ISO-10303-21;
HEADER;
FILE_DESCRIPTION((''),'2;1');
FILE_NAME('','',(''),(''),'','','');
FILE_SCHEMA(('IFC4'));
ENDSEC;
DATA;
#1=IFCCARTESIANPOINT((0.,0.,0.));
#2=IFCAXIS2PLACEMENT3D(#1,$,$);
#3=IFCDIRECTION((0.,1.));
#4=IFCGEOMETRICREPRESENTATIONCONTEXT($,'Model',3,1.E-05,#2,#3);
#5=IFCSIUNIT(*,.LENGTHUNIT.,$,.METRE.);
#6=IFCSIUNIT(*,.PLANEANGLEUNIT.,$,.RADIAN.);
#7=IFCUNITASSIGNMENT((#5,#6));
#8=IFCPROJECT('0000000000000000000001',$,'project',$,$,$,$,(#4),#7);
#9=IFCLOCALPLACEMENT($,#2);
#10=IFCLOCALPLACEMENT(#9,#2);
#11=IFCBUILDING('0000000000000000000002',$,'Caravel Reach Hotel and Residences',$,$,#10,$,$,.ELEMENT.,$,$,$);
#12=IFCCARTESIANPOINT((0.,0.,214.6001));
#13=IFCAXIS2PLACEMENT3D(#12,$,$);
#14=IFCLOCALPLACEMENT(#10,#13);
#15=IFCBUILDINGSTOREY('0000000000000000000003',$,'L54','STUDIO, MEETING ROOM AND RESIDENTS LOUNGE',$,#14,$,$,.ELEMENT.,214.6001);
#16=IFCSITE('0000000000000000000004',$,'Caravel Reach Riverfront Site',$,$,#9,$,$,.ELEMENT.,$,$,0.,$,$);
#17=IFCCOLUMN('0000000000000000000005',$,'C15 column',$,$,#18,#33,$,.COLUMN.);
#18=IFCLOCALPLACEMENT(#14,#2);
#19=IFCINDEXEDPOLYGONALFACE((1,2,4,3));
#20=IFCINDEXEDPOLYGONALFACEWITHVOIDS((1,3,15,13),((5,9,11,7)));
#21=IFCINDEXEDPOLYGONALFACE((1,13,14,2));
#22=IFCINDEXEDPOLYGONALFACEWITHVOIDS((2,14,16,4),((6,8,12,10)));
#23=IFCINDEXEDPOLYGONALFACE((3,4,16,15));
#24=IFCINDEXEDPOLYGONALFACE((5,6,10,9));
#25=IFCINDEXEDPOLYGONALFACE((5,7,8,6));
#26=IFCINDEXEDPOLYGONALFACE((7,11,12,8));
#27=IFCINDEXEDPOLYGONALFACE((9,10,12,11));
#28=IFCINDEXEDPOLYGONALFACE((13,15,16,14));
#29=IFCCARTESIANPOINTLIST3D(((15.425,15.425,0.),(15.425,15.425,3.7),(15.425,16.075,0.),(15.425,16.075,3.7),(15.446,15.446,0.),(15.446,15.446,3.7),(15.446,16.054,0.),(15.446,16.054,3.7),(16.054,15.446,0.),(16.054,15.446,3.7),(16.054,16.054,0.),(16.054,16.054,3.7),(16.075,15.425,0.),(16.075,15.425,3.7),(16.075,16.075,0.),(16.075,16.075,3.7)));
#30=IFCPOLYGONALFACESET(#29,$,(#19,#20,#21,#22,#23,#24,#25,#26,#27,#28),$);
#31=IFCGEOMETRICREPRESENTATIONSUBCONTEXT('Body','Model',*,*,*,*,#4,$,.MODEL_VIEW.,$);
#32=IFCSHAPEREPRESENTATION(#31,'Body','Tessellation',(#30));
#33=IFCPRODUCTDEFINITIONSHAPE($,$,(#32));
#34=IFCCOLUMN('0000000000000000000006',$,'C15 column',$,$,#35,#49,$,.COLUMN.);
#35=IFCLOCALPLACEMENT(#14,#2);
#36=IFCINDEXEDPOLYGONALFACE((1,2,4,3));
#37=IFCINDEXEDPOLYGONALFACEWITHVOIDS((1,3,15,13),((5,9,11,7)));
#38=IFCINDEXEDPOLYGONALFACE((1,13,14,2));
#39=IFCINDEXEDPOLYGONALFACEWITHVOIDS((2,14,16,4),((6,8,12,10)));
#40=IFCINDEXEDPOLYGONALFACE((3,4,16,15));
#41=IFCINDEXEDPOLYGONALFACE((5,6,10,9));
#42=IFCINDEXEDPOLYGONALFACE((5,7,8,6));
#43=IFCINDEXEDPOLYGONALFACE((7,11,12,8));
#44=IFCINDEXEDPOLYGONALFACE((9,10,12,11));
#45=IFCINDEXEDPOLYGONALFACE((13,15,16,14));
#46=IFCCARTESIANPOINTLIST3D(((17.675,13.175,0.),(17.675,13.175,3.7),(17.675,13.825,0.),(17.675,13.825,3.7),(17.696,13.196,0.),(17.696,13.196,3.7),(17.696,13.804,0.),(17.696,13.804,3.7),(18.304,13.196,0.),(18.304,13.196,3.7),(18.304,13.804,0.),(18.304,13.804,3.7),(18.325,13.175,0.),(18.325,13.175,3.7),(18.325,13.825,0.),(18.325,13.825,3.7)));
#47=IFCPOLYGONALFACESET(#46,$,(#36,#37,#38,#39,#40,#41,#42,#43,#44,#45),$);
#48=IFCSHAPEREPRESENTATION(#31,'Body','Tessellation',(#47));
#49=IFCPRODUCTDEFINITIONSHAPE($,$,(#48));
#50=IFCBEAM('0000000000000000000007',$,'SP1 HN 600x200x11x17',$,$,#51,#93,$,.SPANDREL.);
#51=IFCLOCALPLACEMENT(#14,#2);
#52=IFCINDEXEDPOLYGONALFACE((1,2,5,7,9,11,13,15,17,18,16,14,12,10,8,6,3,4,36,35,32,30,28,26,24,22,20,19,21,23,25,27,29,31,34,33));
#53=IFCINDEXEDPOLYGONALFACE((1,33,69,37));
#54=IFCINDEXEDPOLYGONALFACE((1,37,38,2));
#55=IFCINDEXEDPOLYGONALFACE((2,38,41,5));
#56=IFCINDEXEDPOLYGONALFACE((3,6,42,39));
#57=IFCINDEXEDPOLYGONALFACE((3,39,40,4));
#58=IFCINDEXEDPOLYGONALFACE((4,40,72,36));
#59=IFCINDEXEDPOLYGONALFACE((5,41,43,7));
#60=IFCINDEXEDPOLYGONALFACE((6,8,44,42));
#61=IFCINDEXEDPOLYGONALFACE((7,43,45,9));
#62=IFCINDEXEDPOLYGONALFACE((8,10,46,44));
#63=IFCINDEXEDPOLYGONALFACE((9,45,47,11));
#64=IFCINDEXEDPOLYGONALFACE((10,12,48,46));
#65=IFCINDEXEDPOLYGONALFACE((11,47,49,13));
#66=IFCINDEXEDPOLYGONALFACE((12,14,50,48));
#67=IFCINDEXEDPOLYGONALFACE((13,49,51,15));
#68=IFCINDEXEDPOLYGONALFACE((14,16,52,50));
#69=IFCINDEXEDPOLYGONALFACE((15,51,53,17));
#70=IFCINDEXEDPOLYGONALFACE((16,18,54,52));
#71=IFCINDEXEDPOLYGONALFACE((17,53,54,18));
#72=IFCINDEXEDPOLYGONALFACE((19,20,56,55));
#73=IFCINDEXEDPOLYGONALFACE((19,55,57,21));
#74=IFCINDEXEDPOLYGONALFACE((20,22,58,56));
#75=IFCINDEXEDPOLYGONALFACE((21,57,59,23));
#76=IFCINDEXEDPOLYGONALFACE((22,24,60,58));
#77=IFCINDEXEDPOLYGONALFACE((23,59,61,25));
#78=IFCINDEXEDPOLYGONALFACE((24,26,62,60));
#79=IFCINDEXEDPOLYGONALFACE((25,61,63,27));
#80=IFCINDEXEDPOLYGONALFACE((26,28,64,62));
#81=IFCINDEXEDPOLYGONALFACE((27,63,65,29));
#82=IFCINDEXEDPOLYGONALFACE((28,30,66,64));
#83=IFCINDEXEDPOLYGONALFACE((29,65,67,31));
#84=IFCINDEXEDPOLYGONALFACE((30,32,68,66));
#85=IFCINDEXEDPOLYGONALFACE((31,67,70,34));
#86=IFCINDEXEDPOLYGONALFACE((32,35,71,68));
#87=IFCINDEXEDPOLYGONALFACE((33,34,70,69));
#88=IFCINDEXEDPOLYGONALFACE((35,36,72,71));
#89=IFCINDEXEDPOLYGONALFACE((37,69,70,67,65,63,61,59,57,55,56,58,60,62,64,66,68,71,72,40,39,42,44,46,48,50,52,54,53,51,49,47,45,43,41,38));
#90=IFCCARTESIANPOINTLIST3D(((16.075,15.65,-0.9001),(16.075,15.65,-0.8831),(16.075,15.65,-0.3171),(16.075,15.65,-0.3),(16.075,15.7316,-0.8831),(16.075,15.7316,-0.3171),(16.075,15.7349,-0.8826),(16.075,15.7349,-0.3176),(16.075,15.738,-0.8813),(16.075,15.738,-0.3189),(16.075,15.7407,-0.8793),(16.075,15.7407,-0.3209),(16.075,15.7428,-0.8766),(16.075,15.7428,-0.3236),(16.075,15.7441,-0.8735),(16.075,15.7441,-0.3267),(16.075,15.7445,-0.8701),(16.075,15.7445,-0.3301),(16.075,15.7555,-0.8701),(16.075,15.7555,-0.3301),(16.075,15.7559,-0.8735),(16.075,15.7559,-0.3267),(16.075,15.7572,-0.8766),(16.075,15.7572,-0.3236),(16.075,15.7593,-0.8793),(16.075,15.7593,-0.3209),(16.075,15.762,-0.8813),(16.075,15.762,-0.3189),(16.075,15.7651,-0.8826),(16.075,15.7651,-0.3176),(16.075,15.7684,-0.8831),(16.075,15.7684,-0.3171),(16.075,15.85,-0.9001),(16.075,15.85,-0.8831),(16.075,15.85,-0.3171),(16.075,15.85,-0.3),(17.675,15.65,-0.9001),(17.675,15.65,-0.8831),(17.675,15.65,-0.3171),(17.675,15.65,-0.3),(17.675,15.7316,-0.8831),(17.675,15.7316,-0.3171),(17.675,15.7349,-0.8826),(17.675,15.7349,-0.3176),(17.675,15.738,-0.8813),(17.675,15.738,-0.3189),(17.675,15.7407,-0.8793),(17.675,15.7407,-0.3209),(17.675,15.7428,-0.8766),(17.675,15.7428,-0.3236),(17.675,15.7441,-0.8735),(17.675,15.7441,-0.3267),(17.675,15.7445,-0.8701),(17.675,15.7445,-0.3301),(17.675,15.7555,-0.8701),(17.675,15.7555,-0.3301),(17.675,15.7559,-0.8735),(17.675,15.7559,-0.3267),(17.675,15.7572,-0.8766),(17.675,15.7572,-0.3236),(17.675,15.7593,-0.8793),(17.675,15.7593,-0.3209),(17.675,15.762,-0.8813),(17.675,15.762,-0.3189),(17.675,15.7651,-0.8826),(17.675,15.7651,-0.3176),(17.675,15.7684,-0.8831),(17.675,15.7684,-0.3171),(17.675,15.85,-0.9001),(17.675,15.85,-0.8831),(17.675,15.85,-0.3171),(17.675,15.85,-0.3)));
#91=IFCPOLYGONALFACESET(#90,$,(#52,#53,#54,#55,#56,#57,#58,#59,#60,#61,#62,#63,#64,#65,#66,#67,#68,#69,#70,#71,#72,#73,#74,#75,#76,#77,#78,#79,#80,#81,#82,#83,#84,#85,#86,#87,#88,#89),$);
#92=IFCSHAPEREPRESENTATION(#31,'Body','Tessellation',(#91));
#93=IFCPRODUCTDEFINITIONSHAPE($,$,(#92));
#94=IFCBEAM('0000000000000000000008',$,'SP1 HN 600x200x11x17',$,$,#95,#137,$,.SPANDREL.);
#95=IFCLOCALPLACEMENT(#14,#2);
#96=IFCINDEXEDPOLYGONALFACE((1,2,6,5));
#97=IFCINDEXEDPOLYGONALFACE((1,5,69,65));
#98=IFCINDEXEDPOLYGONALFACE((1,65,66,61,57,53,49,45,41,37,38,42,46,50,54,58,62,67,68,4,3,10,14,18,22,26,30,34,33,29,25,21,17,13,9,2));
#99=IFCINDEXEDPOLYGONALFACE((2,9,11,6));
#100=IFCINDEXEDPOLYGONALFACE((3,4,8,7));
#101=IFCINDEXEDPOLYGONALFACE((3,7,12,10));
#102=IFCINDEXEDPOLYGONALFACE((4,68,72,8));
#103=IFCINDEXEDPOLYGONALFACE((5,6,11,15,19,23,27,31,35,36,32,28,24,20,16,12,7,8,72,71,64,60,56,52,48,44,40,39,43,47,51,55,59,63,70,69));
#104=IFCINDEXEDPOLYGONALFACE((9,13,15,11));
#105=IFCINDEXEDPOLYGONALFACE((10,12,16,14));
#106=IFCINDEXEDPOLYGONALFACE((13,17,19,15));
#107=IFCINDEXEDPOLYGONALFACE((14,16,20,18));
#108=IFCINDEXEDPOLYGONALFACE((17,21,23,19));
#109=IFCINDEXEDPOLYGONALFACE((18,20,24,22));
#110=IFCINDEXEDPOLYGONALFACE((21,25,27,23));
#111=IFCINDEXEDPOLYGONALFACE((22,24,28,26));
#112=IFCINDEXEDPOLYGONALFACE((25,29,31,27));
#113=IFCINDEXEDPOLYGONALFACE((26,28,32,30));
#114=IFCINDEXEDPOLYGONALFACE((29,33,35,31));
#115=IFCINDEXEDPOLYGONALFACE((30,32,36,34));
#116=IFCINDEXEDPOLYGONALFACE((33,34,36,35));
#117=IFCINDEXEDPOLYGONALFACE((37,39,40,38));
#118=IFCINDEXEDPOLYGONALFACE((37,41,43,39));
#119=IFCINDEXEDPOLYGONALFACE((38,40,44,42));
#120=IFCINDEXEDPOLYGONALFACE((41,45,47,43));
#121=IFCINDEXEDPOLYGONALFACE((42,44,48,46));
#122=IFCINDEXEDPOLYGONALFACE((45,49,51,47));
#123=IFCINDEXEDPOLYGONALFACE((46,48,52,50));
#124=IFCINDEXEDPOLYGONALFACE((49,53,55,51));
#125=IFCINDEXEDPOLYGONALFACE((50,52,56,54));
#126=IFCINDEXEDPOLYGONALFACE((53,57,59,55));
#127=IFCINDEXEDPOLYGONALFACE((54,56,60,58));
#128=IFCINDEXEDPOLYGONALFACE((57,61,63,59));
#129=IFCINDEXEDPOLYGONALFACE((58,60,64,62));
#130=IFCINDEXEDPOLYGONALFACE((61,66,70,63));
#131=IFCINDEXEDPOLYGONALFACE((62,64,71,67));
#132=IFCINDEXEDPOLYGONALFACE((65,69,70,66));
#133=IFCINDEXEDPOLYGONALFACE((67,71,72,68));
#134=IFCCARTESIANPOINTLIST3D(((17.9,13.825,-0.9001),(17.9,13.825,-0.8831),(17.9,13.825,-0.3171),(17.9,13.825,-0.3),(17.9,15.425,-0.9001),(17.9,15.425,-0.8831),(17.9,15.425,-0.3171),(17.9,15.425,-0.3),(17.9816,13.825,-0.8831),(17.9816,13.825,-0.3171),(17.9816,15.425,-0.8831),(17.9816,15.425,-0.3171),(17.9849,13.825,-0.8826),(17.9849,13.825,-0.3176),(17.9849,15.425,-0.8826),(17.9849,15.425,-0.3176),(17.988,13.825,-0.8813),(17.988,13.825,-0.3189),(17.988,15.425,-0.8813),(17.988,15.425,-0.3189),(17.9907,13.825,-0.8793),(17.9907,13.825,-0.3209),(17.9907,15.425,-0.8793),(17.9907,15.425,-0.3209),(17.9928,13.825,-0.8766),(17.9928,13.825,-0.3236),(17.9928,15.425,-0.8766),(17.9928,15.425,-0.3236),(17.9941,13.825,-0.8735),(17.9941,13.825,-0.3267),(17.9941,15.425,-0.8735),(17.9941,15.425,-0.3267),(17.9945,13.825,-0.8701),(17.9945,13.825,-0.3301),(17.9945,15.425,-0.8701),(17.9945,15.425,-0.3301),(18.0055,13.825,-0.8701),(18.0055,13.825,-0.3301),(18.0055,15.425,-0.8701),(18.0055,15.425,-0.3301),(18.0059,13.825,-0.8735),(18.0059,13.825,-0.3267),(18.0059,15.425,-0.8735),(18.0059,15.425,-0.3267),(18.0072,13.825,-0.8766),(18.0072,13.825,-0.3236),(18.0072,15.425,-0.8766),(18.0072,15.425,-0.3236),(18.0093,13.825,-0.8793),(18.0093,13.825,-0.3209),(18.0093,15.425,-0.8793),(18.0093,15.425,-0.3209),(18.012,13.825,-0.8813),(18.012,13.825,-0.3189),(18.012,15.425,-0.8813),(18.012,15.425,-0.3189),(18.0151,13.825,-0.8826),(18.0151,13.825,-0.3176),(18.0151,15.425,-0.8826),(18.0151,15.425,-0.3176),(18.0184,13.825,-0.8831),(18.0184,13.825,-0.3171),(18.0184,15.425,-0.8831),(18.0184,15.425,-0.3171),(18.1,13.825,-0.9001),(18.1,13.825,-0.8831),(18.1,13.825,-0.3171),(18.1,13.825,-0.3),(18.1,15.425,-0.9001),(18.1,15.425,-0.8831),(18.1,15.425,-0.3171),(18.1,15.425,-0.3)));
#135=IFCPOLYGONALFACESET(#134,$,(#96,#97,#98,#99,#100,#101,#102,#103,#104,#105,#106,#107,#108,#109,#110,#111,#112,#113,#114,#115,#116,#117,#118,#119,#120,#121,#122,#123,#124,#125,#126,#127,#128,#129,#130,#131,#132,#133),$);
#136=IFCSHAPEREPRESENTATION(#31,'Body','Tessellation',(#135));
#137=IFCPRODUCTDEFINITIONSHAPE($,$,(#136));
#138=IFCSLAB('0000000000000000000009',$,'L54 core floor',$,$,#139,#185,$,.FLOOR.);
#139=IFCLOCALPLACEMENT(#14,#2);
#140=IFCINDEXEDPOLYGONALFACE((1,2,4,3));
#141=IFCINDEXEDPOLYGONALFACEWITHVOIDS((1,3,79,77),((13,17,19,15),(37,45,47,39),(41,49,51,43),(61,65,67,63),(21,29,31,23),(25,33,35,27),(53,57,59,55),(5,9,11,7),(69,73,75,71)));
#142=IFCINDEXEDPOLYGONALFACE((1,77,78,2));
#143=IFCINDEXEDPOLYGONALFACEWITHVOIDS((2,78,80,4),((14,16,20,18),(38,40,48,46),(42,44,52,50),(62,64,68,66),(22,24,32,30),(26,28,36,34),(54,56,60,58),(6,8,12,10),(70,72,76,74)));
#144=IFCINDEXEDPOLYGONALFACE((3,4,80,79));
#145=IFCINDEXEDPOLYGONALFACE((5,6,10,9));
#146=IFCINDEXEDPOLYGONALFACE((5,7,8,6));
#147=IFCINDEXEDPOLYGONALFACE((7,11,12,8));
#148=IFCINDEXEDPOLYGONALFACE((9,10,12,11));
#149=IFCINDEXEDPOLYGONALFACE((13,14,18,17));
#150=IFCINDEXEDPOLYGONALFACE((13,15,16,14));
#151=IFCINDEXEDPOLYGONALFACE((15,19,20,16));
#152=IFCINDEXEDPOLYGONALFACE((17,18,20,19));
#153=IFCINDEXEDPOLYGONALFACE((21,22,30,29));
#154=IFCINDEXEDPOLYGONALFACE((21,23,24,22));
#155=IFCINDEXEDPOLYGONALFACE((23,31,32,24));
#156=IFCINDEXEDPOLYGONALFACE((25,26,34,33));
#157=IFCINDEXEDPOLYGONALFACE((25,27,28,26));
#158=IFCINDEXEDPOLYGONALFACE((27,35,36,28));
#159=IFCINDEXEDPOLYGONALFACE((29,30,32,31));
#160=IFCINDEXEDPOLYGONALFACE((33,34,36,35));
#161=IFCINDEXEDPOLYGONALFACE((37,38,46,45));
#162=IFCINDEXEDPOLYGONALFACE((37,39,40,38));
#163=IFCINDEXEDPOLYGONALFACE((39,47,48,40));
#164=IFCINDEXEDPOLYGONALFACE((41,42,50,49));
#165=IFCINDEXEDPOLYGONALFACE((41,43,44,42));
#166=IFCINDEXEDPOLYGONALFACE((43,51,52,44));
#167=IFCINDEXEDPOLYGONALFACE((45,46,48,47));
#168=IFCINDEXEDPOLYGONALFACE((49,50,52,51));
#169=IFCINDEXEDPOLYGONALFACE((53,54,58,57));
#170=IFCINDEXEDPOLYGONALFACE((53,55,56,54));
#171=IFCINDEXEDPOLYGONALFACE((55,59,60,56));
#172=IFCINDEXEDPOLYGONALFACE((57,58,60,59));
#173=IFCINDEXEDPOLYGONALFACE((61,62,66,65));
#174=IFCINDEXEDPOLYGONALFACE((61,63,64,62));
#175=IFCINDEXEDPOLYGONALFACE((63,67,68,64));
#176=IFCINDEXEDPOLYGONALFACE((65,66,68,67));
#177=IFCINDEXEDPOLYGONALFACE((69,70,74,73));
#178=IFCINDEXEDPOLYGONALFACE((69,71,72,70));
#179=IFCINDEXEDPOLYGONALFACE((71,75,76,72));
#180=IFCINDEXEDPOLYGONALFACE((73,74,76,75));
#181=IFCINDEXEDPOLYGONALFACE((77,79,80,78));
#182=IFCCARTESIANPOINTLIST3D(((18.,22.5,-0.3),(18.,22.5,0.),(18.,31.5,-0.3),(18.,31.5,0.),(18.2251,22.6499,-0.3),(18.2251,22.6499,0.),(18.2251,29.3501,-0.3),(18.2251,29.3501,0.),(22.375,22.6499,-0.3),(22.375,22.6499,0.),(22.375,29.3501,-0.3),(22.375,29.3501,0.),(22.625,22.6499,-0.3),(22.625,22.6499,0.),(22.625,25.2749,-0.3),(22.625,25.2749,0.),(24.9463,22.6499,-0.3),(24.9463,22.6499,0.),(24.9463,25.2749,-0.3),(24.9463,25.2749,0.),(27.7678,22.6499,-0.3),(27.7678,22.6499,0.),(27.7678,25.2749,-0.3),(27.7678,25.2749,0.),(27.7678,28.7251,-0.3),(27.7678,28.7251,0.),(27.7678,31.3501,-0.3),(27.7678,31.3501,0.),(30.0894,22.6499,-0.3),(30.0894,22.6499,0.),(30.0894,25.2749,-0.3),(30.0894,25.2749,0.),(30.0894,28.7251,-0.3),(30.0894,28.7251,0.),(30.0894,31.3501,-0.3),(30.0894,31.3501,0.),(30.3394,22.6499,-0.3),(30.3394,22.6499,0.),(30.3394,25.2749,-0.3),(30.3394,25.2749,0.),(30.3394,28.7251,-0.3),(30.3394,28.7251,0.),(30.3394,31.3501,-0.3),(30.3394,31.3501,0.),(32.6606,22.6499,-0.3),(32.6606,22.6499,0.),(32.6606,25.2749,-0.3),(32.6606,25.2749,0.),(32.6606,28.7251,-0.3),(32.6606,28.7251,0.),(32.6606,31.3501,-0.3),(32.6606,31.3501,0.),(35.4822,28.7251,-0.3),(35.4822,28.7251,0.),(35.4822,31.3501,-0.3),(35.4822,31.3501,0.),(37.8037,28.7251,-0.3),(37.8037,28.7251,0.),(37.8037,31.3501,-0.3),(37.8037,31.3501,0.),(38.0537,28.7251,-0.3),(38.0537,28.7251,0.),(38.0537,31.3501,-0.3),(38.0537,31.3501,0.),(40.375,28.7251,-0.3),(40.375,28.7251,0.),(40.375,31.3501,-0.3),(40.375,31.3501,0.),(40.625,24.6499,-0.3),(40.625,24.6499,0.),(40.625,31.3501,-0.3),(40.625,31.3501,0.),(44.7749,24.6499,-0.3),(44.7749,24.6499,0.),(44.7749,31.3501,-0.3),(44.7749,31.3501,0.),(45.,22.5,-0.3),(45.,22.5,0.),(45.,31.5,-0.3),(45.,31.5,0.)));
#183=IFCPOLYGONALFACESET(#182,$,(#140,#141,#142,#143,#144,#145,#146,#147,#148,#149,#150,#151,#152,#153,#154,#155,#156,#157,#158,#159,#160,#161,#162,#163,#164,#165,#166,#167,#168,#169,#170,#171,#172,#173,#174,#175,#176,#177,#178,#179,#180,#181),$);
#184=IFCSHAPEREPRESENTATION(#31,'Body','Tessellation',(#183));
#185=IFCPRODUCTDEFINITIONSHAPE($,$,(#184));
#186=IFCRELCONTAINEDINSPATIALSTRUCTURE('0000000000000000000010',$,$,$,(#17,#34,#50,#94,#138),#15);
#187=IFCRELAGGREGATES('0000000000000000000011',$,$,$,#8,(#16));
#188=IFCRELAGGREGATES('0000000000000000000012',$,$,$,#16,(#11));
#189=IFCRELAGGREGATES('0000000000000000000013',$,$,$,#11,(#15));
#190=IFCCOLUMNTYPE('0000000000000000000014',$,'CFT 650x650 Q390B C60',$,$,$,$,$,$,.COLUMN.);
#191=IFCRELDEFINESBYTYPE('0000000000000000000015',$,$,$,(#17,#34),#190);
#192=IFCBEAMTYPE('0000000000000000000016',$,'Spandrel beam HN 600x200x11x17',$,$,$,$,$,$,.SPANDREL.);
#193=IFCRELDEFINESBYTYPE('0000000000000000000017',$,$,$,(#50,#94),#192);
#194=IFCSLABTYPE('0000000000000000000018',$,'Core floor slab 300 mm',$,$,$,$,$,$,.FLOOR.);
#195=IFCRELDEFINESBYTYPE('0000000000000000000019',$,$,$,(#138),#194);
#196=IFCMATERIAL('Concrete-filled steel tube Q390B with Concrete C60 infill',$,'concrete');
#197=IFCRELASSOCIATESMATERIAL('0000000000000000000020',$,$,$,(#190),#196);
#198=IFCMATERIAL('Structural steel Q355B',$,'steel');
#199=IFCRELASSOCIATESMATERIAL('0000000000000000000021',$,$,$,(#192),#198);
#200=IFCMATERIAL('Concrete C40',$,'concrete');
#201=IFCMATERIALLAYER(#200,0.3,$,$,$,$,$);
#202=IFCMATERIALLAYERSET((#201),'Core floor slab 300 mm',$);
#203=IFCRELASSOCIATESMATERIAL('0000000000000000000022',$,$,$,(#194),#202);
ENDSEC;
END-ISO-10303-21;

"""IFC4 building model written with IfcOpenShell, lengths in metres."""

from ifc_helpers import new_model, si_unit, direction, frame, origin, origin_2d, place, context, subcontext, project, spatial, polyline, hollow_rectangle, i_section, outline, extrude, material, layer, layer_set, material_profile, profile_set, type_object, element, save


model = new_model("IFC4")

# Units and contexts
model_context = context("Model", 3, precision=1e-05, world=origin(), true_north=direction((0.0, 1.0)))
body_context = subcontext(model_context, "Body", "Model", "MODEL_VIEW")
ifc_project = project(units=[si_unit("LENGTHUNIT", "METRE"), si_unit("PLANEANGLEUNIT", "RADIAN")], contexts=[model_context])

# Site, building, storey
site_placement = place(None, origin())
site = spatial("IfcSite", under=ifc_project, at=site_placement, Name="Caravel Reach Riverfront Site", CompositionType="ELEMENT", RefElevation=0.0)
building_placement = place(site_placement, origin())
building = spatial("IfcBuilding", under=site, at=building_placement, Name="Caravel Reach Hotel and Residences", CompositionType="ELEMENT")
storey_placement = place(building_placement, frame((0.0, 0.0, 214.6001)))
storey = spatial("IfcBuildingStorey", under=building, at=storey_placement, Name="L54", Description="STUDIO, MEETING ROOM AND RESIDENTS LOUNGE", CompositionType="ELEMENT", Elevation=214.6001)

# Columns
ifc_material_1 = material(Name="Concrete-filled steel tube Q390B with Concrete C60 infill", Category="concrete")
ifc_material_profile_1 = material_profile(ifc_material_1, hollow_rectangle(XDim=0.6499, YDim=0.6499, WallThickness=0.021, at=origin_2d()), Name="RHS 650x650x21")
ifc_profile_set_1 = profile_set([ifc_material_profile_1], Name="Concrete-filled steel tube Q390B with Concrete C60 infill")
column_type = type_object("IfcColumnType", Name="CFT 650x650 Q390B C60", PredefinedType="COLUMN", material=ifc_profile_set_1)
for number, where, z_axis, x_axis, name in (
    (1, (15.75, 15.75, 0.0), (0.0, 0.0, 1.0), (1.0, 0.0, 0.0), "C15 column"),
    (2, (18.0, 13.5, 0.0), (0.0, 0.0, 1.0), (1.0, 0.0, 0.0), "C15 column"),
):
    element("IfcColumn", number, at=place(storey_placement, frame(where, z_axis=z_axis, x_axis=x_axis)), inside=storey, type_object=column_type, Name=name, PredefinedType="COLUMN", context=body_context, shape_type="SweptSolid", body=[
        extrude(hollow_rectangle(XDim=0.6499, YDim=0.6499, WallThickness=0.021, at=origin_2d()), origin(), (0.0, 0.0, 1.0), 3.7),
    ])

# Beams
ifc_material_2 = material(Name="Structural steel Q355B", Category="steel")
ifc_material_profile_2 = material_profile(ifc_material_2, i_section(OverallWidth=0.2, OverallDepth=0.6001, WebThickness=0.011, FlangeThickness=0.0171, FilletRadius=0.0129, at=origin_2d()), Name="HN 600x200x11x17")
ifc_profile_set_2 = profile_set([ifc_material_profile_2], Name="Structural steel Q355B")
beam_type = type_object("IfcBeamType", Name="Spandrel beam HN 600x200x11x17", PredefinedType="SPANDREL", material=ifc_profile_set_2)
for number, where, z_axis, x_axis, name in (
    (3, (16.075, 15.75, -0.6001), (1.0, 0.0, 0.0), (0.0, 1.0, 0.0), "SP1 HN 600x200x11x17"),
    (4, (18.0, 15.425, -0.6001), (0.0, -1.0, 0.0), (1.0, 0.0, 0.0), "SP1 HN 600x200x11x17"),
):
    element("IfcBeam", number, at=place(storey_placement, frame(where, z_axis=z_axis, x_axis=x_axis)), inside=storey, type_object=beam_type, Name=name, PredefinedType="SPANDREL", context=body_context, shape_type="SweptSolid", body=[
        extrude(i_section(OverallWidth=0.2, OverallDepth=0.6001, WebThickness=0.011, FlangeThickness=0.0171, FilletRadius=0.0129, at=origin_2d()), origin(), (0.0, 0.0, 1.0), 1.6001),
    ])

# Slab
ifc_material_3 = material(Name="Concrete C40", Category="concrete")
ifc_layer_1 = layer(ifc_material_3, 0.3)
ifc_layer_set_1 = layer_set([ifc_layer_1], Name="Core floor slab 300 mm")
slab_type_1 = type_object("IfcSlabType", Name="Core floor slab 300 mm", PredefinedType="FLOOR", material=ifc_layer_set_1)
slab_1_placement = place(storey_placement, frame((0.0, 0.0, -0.3)))
element("IfcSlab", 5, at=slab_1_placement, inside=storey, type_object=slab_type_1, Name="L54 core floor", PredefinedType="FLOOR", context=body_context, shape_type="SweptSolid", body=[
    extrude(outline(polyline([(18.0, 31.5), (45.0, 31.5), (45.0, 22.5), (18.0, 22.5), (18.0, 31.5)]), holes=[polyline([(22.625, 25.2749), (22.625, 22.6499), (24.9463, 22.6499), (24.9463, 25.2749), (22.625, 25.2749)]), polyline([(27.7678, 25.2749), (27.7678, 22.6499), (30.0894, 22.6499), (30.0894, 25.2749), (27.7678, 25.2749)]), polyline([(30.3394, 25.2749), (30.3394, 22.6499), (32.6606, 22.6499), (32.6606, 25.2749), (30.3394, 25.2749)]), polyline([(22.375, 22.6499), (22.375, 29.3501), (18.2251, 29.3501), (18.2251, 22.6499), (22.375, 22.6499)]), polyline([(40.625, 31.3501), (40.625, 24.6499), (44.7749, 24.6499), (44.7749, 31.3501), (40.625, 31.3501)]), polyline([(27.7678, 31.3501), (27.7678, 28.7251), (30.0894, 28.7251), (30.0894, 31.3501), (27.7678, 31.3501)]), polyline([(30.3394, 31.3501), (30.3394, 28.7251), (32.6606, 28.7251), (32.6606, 31.3501), (30.3394, 31.3501)]), polyline([(37.8037, 31.3501), (35.4822, 31.3501), (35.4822, 28.7251), (37.8037, 28.7251), (37.8037, 31.3501)]), polyline([(40.375, 31.3501), (38.0537, 31.3501), (38.0537, 28.7251), (40.375, 28.7251), (40.375, 31.3501)])]), origin(), (0.0, 0.0, 1.0), 0.3),
])

save(model, "model.ifc")
